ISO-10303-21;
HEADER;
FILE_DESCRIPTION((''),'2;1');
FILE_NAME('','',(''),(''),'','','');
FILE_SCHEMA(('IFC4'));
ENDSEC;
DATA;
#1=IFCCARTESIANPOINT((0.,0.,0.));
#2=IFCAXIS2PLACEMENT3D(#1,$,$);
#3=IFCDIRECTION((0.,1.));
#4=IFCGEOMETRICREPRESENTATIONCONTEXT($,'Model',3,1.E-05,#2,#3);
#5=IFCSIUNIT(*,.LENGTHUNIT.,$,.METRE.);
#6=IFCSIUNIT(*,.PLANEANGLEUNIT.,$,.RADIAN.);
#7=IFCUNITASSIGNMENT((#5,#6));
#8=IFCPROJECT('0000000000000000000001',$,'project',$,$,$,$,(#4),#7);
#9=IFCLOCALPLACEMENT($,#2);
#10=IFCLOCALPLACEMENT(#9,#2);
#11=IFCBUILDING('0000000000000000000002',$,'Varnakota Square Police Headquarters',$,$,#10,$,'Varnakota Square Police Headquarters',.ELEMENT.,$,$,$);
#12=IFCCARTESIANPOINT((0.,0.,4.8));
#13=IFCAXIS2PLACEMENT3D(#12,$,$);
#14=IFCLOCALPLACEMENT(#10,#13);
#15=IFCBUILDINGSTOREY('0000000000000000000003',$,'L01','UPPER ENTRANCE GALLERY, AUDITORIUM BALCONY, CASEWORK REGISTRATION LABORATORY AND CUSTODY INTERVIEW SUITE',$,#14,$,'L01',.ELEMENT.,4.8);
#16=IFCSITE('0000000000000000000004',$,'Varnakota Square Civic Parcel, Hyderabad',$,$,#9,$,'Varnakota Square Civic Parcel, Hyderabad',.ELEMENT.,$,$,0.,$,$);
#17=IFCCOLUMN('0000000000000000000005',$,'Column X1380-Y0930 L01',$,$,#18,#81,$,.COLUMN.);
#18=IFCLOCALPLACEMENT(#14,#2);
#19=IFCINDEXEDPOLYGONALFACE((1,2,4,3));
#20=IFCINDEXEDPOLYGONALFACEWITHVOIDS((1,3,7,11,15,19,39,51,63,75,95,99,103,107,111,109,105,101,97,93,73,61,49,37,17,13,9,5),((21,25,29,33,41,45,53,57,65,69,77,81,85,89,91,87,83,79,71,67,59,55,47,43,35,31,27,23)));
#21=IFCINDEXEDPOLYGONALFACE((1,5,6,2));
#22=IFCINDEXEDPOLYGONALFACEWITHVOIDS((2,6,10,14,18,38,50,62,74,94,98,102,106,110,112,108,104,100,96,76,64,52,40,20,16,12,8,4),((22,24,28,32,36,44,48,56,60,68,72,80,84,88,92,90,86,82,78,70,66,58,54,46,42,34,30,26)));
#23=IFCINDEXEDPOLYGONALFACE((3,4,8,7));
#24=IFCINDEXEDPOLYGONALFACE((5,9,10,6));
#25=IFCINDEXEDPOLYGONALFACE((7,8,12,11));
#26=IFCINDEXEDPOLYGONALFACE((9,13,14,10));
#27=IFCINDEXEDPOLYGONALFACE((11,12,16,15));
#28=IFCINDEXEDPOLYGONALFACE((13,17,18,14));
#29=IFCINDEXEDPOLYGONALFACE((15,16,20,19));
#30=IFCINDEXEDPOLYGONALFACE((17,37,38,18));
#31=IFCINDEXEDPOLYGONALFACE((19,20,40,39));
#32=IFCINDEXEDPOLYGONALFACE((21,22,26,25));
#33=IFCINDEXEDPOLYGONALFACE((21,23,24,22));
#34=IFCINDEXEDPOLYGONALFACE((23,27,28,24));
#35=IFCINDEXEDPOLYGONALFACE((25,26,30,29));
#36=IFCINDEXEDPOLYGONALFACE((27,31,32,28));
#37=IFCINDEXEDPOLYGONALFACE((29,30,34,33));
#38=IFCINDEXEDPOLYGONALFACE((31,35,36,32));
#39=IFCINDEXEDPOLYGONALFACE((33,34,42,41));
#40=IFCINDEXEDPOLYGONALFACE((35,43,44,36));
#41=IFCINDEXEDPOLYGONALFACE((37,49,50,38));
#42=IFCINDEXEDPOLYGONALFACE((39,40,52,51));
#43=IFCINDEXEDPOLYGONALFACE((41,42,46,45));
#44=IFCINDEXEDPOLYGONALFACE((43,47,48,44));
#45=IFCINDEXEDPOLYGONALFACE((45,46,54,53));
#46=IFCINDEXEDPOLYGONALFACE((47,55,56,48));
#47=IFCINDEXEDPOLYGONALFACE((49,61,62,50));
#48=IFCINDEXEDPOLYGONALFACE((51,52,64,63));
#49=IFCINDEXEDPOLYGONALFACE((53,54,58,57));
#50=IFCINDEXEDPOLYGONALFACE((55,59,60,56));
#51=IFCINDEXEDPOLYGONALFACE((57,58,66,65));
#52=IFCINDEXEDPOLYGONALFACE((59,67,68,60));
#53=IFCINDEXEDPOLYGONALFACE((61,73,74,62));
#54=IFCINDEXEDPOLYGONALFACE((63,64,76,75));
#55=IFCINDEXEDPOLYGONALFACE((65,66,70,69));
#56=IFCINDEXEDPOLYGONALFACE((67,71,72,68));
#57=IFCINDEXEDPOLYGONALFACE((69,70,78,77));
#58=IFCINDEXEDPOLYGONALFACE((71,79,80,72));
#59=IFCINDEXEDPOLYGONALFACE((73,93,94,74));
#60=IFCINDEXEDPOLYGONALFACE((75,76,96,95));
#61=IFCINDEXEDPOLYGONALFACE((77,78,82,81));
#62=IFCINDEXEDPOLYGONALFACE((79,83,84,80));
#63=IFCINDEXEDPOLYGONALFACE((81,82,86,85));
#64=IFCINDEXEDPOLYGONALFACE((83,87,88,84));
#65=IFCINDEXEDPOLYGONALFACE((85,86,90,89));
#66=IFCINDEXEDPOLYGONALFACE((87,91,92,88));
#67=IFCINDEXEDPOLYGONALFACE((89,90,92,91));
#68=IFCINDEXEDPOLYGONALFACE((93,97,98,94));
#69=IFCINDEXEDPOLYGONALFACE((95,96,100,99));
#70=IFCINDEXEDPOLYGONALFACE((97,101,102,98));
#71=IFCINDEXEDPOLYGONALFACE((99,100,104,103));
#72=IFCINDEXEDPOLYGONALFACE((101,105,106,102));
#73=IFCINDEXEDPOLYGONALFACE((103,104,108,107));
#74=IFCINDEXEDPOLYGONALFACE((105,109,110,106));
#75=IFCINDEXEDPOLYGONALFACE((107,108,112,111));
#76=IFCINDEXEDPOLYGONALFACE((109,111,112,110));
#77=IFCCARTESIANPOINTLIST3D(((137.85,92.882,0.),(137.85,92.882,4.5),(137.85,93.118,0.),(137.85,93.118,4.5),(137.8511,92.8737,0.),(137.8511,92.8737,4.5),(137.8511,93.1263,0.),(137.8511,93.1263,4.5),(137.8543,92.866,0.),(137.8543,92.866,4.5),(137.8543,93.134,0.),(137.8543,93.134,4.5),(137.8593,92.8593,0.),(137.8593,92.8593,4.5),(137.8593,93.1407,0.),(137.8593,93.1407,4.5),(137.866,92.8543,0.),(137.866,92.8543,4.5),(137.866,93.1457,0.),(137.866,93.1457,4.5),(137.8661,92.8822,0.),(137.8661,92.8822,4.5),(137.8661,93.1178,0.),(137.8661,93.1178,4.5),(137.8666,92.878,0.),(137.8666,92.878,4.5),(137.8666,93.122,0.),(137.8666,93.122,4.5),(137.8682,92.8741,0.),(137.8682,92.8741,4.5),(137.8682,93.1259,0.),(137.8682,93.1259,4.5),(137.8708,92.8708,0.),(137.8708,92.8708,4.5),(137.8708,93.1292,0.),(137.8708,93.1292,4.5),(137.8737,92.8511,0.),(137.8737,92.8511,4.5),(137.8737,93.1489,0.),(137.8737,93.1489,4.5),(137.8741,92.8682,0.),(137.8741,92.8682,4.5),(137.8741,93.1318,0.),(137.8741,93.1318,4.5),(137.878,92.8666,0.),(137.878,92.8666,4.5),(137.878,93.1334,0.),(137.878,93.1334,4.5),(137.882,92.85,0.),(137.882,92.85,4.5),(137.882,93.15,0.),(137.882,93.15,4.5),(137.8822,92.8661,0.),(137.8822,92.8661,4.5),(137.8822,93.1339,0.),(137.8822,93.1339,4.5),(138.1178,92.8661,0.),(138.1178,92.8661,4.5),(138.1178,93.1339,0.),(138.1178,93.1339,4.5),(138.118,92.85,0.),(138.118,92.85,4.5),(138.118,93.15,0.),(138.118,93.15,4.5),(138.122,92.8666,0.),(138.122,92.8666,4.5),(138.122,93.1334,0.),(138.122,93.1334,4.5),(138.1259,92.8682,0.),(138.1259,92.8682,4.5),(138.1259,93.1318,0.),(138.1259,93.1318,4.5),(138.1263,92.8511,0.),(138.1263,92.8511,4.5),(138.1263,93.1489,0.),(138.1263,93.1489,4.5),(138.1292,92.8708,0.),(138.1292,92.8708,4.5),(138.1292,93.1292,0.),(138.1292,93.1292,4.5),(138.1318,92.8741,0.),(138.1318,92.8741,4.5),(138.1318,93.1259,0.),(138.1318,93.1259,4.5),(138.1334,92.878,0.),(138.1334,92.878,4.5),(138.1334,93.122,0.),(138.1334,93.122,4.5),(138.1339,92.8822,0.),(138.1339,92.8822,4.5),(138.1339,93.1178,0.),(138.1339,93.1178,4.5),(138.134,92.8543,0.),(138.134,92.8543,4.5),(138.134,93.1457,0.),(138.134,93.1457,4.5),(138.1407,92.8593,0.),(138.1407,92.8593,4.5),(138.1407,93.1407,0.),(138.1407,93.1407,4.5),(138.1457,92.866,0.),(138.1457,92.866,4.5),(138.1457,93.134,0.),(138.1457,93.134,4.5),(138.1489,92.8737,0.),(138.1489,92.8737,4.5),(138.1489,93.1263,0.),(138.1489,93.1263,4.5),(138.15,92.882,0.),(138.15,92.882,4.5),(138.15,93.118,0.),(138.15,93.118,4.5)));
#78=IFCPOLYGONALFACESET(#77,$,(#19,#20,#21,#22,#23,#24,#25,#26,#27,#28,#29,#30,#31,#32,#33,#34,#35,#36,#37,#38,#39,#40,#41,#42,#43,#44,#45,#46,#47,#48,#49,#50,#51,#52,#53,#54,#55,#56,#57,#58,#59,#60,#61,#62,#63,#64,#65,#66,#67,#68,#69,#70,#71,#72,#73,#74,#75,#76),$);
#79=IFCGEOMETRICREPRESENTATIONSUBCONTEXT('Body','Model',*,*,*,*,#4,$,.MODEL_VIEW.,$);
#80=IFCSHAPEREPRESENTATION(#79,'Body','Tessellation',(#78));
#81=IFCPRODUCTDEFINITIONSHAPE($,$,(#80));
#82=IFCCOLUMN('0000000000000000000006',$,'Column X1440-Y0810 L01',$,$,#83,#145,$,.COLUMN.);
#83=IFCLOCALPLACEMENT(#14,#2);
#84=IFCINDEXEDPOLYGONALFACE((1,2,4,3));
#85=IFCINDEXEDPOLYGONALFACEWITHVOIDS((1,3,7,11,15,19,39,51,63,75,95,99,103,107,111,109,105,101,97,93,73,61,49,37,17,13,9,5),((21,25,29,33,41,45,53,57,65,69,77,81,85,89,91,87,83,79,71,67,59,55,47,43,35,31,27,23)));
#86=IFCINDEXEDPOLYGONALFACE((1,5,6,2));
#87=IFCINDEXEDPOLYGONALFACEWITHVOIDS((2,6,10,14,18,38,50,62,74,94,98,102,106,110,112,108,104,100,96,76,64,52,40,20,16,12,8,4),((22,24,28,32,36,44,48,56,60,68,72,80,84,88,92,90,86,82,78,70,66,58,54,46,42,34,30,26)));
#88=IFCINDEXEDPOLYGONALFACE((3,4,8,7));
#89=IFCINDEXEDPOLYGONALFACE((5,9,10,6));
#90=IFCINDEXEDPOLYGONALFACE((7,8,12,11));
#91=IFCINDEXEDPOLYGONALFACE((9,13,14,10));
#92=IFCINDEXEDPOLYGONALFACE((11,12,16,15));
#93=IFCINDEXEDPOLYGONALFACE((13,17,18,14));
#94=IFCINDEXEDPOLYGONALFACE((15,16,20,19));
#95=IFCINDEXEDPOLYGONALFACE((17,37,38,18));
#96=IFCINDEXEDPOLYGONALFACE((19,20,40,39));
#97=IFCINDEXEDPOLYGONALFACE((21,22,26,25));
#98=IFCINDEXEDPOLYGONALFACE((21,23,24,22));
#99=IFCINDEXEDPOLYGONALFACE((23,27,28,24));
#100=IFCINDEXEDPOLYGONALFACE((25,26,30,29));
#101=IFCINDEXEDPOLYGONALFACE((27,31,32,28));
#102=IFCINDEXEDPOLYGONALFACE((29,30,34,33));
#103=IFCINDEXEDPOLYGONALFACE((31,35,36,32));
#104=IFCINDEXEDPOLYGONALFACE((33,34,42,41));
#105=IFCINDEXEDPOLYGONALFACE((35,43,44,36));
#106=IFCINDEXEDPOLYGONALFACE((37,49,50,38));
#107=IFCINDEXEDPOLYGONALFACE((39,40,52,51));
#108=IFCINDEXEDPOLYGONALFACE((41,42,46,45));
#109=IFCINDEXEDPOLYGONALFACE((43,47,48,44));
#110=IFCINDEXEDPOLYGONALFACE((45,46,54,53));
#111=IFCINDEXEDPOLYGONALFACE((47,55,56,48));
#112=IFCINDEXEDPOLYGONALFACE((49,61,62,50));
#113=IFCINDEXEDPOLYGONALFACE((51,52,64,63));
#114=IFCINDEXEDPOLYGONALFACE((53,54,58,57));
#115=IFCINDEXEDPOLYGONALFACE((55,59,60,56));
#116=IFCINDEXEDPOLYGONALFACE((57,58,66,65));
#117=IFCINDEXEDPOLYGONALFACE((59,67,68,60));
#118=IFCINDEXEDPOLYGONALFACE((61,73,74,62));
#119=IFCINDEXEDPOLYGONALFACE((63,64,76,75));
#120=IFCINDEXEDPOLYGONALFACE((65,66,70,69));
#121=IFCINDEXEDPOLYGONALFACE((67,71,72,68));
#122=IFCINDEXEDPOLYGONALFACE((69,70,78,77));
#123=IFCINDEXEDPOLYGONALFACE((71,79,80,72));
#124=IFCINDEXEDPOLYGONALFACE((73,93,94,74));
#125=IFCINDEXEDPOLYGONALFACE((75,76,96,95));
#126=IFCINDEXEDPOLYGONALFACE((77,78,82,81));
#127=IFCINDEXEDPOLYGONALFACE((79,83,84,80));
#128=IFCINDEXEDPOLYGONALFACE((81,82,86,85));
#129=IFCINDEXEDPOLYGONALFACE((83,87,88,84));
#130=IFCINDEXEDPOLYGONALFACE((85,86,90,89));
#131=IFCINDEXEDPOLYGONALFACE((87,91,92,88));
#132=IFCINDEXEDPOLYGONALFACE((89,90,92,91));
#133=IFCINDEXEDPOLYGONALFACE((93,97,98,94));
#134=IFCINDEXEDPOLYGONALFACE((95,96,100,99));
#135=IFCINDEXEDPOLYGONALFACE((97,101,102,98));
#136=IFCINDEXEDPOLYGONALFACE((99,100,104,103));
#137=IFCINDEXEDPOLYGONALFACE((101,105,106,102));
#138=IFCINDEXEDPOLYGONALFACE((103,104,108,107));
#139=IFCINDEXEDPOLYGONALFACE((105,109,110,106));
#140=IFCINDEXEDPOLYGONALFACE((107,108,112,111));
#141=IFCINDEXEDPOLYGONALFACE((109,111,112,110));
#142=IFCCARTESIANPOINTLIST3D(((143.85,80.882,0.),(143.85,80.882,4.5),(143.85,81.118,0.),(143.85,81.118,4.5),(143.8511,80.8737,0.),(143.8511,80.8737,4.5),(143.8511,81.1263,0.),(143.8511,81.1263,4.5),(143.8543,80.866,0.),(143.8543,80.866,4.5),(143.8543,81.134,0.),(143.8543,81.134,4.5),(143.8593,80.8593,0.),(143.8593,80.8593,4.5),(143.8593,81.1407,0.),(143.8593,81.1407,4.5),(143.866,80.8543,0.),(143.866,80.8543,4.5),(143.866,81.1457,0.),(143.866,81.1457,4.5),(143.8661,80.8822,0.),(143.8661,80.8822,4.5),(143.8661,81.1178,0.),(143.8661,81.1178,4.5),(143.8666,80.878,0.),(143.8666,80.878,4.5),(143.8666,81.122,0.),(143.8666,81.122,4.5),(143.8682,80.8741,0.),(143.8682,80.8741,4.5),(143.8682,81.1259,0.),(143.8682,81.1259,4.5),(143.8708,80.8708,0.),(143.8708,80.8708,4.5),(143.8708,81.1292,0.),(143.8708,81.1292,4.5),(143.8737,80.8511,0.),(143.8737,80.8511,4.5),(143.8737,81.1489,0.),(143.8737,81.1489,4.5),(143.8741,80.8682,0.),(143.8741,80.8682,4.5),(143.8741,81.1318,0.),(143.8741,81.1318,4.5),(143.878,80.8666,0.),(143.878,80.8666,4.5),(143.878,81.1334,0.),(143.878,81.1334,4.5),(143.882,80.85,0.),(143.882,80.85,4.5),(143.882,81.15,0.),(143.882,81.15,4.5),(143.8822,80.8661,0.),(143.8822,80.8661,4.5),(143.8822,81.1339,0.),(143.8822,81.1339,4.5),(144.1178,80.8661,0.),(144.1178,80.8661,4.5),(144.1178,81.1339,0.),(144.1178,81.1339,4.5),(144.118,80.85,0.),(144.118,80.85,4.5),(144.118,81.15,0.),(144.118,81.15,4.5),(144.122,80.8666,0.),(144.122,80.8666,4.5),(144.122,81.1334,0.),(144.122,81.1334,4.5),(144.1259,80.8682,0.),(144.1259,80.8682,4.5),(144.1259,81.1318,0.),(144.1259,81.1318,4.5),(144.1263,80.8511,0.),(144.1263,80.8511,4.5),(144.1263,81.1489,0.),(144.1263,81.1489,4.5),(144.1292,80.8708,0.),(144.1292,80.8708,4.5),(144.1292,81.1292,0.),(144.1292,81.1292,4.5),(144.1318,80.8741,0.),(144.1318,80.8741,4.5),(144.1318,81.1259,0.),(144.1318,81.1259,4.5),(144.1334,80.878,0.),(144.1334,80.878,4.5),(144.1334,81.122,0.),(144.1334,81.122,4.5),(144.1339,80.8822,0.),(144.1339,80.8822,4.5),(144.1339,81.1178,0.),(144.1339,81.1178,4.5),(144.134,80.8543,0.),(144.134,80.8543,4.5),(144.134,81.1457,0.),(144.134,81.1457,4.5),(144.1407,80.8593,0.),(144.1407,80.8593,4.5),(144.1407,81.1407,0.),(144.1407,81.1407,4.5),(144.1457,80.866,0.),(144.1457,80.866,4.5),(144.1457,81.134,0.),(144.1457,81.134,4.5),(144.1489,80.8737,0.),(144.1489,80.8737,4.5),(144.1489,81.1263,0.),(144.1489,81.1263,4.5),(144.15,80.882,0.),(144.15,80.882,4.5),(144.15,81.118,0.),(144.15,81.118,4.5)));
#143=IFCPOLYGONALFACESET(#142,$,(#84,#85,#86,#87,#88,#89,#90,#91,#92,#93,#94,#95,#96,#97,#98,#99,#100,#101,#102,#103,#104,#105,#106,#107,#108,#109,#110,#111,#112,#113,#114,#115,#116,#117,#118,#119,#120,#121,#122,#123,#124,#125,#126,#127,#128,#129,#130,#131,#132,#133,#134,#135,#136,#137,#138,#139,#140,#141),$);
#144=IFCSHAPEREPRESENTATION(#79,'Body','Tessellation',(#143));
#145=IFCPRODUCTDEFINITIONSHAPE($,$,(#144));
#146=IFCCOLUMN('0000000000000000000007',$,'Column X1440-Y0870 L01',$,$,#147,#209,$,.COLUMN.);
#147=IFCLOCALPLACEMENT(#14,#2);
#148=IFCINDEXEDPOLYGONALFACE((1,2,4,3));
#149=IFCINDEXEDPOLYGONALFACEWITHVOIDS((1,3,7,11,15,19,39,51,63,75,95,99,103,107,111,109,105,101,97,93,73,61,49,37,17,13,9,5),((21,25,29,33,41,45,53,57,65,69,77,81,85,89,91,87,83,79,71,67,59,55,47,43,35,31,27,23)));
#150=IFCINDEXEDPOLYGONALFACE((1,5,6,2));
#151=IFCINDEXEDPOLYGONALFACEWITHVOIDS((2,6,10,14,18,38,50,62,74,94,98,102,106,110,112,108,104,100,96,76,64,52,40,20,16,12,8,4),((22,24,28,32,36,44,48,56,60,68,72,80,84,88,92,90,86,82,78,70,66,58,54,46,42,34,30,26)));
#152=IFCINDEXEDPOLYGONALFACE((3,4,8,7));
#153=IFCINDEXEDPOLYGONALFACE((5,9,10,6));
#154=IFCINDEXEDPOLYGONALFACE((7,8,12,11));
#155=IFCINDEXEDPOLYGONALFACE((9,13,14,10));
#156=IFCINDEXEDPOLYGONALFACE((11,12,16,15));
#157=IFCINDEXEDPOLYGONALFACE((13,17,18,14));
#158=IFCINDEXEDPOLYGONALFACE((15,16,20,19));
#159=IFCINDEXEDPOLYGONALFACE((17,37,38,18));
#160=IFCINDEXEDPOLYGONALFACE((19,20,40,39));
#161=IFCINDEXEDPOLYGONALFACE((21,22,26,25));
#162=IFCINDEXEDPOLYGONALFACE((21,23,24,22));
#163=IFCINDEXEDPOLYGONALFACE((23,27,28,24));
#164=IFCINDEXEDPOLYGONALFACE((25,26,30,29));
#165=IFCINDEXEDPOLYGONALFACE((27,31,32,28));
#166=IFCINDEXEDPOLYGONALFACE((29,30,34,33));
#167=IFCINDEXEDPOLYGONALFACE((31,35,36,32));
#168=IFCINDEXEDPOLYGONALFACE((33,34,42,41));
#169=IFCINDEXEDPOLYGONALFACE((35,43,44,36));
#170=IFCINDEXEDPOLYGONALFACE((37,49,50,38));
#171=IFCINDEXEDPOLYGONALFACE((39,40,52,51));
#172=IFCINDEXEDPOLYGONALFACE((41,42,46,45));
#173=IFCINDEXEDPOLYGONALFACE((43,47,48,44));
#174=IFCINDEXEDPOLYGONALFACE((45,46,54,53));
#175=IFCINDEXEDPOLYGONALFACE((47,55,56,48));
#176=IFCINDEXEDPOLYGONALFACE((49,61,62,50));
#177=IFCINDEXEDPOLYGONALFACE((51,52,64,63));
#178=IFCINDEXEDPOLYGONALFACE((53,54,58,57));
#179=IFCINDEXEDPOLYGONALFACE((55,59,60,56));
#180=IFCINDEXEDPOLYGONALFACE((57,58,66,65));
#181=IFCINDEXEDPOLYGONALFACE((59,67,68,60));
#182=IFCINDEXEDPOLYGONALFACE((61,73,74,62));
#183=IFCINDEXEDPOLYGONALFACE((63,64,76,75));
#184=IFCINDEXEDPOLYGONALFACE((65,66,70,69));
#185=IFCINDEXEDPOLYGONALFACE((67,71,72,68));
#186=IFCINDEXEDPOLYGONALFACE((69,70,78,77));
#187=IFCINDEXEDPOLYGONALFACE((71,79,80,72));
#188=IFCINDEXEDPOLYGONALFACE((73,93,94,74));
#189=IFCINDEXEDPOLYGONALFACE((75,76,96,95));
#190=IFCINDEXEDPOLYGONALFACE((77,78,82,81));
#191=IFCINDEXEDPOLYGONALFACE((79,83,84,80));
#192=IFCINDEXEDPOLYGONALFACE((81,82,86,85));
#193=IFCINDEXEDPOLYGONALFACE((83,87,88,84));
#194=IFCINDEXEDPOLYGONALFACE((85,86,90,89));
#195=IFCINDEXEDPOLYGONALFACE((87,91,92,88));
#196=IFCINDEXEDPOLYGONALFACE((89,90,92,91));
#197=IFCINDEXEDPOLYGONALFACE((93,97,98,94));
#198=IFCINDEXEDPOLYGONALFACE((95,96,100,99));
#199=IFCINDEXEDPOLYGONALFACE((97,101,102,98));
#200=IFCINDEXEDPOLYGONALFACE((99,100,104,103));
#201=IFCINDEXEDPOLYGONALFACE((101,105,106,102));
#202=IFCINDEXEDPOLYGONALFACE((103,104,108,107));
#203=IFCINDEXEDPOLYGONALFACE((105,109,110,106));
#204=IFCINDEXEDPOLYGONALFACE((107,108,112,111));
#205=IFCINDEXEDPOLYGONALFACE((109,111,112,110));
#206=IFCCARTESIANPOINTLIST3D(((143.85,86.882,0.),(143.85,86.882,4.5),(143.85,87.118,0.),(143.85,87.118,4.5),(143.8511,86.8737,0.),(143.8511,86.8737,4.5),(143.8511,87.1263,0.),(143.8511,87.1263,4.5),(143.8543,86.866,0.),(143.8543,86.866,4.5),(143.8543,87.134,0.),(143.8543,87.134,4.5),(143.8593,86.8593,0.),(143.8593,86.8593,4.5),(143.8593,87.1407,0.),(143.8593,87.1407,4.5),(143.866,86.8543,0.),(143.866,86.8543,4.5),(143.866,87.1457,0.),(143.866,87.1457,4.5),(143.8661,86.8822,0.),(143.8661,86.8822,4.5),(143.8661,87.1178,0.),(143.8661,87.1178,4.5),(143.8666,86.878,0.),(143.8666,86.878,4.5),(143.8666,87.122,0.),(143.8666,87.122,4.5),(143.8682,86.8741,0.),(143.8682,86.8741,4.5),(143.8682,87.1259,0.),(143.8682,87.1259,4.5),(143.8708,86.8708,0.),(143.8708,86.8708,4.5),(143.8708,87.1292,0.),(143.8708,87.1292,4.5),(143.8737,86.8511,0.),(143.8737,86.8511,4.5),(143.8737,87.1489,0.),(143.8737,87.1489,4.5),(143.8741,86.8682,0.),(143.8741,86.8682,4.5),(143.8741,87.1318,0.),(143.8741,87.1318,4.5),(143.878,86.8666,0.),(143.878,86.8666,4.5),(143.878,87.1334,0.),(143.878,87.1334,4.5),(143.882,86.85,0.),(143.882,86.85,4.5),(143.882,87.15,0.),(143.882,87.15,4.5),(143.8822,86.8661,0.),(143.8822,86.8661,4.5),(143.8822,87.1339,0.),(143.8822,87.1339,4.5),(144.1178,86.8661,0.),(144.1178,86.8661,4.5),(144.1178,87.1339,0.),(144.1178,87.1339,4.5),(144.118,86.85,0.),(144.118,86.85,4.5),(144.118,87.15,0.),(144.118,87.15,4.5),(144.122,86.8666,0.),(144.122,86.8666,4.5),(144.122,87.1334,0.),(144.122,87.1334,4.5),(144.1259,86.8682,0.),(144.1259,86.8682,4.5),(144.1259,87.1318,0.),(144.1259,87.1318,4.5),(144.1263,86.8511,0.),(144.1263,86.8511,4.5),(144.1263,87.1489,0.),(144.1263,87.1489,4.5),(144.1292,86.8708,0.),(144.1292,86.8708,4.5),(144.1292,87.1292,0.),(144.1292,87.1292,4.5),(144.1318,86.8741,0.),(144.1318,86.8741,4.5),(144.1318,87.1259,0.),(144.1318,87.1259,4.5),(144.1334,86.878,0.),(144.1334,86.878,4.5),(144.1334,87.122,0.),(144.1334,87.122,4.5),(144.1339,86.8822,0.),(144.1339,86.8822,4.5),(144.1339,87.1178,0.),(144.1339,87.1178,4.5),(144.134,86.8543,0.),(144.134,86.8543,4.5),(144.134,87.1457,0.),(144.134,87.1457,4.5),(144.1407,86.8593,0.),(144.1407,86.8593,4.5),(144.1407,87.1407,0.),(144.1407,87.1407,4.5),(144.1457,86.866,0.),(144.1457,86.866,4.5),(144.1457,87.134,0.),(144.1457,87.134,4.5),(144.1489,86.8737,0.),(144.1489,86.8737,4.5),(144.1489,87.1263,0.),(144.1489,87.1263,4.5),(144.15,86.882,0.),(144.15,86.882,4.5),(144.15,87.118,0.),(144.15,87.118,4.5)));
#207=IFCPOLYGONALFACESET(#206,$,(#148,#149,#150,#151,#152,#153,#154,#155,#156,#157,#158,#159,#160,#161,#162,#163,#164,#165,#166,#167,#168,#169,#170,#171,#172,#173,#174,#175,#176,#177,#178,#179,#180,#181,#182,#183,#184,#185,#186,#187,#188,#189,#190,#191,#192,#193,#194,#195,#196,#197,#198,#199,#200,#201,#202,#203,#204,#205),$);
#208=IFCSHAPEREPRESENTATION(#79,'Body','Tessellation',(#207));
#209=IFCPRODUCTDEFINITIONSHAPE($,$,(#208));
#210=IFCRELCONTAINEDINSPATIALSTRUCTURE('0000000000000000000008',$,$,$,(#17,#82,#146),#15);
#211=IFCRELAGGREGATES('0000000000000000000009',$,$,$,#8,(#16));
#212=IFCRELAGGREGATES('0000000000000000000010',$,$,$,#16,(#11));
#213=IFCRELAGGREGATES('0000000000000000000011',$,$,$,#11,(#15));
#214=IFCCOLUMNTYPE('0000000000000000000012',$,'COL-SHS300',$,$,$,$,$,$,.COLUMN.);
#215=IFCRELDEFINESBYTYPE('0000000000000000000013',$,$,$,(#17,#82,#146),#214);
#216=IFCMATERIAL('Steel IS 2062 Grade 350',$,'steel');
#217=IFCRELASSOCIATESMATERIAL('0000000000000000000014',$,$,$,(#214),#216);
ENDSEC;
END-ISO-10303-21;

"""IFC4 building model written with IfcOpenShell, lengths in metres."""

from ifc_helpers import new_model, si_unit, direction, frame, origin, origin_2d, place, context, subcontext, project, spatial, hollow_rectangle, extrude, material, material_profile, profile_set, type_object, element, save


model = new_model("IFC4")

# Units and contexts
model_context = context("Model", 3, precision=1e-05, world=origin(), true_north=direction((0.0, 1.0)))
body_context = subcontext(model_context, "Body", "Model", "MODEL_VIEW")
ifc_project = project(units=[si_unit("LENGTHUNIT", "METRE"), si_unit("PLANEANGLEUNIT", "RADIAN")], contexts=[model_context])

# Site, building, storey
site_placement = place(None, origin())
site = spatial("IfcSite", under=ifc_project, at=site_placement, Name="Varnakota Square Civic Parcel, Hyderabad", LongName="Varnakota Square Civic Parcel, Hyderabad", CompositionType="ELEMENT", RefElevation=0.0)
building_placement = place(site_placement, origin())
building = spatial("IfcBuilding", under=site, at=building_placement, Name="Varnakota Square Police Headquarters", LongName="Varnakota Square Police Headquarters", CompositionType="ELEMENT")
storey_placement = place(building_placement, frame((0.0, 0.0, 4.8)))
storey = spatial("IfcBuildingStorey", under=building, at=storey_placement, Name="L01", Description="UPPER ENTRANCE GALLERY, AUDITORIUM BALCONY, CASEWORK REGISTRATION LABORATORY AND CUSTODY INTERVIEW SUITE", LongName="L01", CompositionType="ELEMENT", Elevation=4.8)

# Columns
ifc_material = material(Name="Steel IS 2062 Grade 350", Category="steel")
ifc_material_profile_1 = material_profile(ifc_material, hollow_rectangle(XDim=0.3, YDim=0.3, WallThickness=0.0161, InnerFilletRadius=0.0161, OuterFilletRadius=0.032, at=origin_2d()), Name="SHS 300x300x16")
ifc_profile_set_1 = profile_set([ifc_material_profile_1], Name="Steel IS 2062 Grade 350")
column_type_1 = type_object("IfcColumnType", Name="COL-SHS300", PredefinedType="COLUMN", material=ifc_profile_set_1)
for number, where, z_axis, x_axis, name in (
    (1, (138.0, 93.0, 0.0), (0.0, 0.0, 1.0), (1.0, 0.0, 0.0), "Column X1380-Y0930 L01"),
    (2, (144.0, 81.0, 0.0), (0.0, 0.0, 1.0), (1.0, 0.0, 0.0), "Column X1440-Y0810 L01"),
    (3, (144.0, 87.0, 0.0), (0.0, 0.0, 1.0), (1.0, 0.0, 0.0), "Column X1440-Y0870 L01"),
):
    element("IfcColumn", number, at=place(storey_placement, frame(where, z_axis=z_axis, x_axis=x_axis)), inside=storey, type_object=column_type_1, Name=name, PredefinedType="COLUMN", context=body_context, shape_type="SweptSolid", body=[
        extrude(hollow_rectangle(XDim=0.3, YDim=0.3, WallThickness=0.0161, InnerFilletRadius=0.0161, OuterFilletRadius=0.032, at=origin_2d()), origin(), (0.0, 0.0, 1.0), 4.5),
    ])

save(model, "model.ifc")
